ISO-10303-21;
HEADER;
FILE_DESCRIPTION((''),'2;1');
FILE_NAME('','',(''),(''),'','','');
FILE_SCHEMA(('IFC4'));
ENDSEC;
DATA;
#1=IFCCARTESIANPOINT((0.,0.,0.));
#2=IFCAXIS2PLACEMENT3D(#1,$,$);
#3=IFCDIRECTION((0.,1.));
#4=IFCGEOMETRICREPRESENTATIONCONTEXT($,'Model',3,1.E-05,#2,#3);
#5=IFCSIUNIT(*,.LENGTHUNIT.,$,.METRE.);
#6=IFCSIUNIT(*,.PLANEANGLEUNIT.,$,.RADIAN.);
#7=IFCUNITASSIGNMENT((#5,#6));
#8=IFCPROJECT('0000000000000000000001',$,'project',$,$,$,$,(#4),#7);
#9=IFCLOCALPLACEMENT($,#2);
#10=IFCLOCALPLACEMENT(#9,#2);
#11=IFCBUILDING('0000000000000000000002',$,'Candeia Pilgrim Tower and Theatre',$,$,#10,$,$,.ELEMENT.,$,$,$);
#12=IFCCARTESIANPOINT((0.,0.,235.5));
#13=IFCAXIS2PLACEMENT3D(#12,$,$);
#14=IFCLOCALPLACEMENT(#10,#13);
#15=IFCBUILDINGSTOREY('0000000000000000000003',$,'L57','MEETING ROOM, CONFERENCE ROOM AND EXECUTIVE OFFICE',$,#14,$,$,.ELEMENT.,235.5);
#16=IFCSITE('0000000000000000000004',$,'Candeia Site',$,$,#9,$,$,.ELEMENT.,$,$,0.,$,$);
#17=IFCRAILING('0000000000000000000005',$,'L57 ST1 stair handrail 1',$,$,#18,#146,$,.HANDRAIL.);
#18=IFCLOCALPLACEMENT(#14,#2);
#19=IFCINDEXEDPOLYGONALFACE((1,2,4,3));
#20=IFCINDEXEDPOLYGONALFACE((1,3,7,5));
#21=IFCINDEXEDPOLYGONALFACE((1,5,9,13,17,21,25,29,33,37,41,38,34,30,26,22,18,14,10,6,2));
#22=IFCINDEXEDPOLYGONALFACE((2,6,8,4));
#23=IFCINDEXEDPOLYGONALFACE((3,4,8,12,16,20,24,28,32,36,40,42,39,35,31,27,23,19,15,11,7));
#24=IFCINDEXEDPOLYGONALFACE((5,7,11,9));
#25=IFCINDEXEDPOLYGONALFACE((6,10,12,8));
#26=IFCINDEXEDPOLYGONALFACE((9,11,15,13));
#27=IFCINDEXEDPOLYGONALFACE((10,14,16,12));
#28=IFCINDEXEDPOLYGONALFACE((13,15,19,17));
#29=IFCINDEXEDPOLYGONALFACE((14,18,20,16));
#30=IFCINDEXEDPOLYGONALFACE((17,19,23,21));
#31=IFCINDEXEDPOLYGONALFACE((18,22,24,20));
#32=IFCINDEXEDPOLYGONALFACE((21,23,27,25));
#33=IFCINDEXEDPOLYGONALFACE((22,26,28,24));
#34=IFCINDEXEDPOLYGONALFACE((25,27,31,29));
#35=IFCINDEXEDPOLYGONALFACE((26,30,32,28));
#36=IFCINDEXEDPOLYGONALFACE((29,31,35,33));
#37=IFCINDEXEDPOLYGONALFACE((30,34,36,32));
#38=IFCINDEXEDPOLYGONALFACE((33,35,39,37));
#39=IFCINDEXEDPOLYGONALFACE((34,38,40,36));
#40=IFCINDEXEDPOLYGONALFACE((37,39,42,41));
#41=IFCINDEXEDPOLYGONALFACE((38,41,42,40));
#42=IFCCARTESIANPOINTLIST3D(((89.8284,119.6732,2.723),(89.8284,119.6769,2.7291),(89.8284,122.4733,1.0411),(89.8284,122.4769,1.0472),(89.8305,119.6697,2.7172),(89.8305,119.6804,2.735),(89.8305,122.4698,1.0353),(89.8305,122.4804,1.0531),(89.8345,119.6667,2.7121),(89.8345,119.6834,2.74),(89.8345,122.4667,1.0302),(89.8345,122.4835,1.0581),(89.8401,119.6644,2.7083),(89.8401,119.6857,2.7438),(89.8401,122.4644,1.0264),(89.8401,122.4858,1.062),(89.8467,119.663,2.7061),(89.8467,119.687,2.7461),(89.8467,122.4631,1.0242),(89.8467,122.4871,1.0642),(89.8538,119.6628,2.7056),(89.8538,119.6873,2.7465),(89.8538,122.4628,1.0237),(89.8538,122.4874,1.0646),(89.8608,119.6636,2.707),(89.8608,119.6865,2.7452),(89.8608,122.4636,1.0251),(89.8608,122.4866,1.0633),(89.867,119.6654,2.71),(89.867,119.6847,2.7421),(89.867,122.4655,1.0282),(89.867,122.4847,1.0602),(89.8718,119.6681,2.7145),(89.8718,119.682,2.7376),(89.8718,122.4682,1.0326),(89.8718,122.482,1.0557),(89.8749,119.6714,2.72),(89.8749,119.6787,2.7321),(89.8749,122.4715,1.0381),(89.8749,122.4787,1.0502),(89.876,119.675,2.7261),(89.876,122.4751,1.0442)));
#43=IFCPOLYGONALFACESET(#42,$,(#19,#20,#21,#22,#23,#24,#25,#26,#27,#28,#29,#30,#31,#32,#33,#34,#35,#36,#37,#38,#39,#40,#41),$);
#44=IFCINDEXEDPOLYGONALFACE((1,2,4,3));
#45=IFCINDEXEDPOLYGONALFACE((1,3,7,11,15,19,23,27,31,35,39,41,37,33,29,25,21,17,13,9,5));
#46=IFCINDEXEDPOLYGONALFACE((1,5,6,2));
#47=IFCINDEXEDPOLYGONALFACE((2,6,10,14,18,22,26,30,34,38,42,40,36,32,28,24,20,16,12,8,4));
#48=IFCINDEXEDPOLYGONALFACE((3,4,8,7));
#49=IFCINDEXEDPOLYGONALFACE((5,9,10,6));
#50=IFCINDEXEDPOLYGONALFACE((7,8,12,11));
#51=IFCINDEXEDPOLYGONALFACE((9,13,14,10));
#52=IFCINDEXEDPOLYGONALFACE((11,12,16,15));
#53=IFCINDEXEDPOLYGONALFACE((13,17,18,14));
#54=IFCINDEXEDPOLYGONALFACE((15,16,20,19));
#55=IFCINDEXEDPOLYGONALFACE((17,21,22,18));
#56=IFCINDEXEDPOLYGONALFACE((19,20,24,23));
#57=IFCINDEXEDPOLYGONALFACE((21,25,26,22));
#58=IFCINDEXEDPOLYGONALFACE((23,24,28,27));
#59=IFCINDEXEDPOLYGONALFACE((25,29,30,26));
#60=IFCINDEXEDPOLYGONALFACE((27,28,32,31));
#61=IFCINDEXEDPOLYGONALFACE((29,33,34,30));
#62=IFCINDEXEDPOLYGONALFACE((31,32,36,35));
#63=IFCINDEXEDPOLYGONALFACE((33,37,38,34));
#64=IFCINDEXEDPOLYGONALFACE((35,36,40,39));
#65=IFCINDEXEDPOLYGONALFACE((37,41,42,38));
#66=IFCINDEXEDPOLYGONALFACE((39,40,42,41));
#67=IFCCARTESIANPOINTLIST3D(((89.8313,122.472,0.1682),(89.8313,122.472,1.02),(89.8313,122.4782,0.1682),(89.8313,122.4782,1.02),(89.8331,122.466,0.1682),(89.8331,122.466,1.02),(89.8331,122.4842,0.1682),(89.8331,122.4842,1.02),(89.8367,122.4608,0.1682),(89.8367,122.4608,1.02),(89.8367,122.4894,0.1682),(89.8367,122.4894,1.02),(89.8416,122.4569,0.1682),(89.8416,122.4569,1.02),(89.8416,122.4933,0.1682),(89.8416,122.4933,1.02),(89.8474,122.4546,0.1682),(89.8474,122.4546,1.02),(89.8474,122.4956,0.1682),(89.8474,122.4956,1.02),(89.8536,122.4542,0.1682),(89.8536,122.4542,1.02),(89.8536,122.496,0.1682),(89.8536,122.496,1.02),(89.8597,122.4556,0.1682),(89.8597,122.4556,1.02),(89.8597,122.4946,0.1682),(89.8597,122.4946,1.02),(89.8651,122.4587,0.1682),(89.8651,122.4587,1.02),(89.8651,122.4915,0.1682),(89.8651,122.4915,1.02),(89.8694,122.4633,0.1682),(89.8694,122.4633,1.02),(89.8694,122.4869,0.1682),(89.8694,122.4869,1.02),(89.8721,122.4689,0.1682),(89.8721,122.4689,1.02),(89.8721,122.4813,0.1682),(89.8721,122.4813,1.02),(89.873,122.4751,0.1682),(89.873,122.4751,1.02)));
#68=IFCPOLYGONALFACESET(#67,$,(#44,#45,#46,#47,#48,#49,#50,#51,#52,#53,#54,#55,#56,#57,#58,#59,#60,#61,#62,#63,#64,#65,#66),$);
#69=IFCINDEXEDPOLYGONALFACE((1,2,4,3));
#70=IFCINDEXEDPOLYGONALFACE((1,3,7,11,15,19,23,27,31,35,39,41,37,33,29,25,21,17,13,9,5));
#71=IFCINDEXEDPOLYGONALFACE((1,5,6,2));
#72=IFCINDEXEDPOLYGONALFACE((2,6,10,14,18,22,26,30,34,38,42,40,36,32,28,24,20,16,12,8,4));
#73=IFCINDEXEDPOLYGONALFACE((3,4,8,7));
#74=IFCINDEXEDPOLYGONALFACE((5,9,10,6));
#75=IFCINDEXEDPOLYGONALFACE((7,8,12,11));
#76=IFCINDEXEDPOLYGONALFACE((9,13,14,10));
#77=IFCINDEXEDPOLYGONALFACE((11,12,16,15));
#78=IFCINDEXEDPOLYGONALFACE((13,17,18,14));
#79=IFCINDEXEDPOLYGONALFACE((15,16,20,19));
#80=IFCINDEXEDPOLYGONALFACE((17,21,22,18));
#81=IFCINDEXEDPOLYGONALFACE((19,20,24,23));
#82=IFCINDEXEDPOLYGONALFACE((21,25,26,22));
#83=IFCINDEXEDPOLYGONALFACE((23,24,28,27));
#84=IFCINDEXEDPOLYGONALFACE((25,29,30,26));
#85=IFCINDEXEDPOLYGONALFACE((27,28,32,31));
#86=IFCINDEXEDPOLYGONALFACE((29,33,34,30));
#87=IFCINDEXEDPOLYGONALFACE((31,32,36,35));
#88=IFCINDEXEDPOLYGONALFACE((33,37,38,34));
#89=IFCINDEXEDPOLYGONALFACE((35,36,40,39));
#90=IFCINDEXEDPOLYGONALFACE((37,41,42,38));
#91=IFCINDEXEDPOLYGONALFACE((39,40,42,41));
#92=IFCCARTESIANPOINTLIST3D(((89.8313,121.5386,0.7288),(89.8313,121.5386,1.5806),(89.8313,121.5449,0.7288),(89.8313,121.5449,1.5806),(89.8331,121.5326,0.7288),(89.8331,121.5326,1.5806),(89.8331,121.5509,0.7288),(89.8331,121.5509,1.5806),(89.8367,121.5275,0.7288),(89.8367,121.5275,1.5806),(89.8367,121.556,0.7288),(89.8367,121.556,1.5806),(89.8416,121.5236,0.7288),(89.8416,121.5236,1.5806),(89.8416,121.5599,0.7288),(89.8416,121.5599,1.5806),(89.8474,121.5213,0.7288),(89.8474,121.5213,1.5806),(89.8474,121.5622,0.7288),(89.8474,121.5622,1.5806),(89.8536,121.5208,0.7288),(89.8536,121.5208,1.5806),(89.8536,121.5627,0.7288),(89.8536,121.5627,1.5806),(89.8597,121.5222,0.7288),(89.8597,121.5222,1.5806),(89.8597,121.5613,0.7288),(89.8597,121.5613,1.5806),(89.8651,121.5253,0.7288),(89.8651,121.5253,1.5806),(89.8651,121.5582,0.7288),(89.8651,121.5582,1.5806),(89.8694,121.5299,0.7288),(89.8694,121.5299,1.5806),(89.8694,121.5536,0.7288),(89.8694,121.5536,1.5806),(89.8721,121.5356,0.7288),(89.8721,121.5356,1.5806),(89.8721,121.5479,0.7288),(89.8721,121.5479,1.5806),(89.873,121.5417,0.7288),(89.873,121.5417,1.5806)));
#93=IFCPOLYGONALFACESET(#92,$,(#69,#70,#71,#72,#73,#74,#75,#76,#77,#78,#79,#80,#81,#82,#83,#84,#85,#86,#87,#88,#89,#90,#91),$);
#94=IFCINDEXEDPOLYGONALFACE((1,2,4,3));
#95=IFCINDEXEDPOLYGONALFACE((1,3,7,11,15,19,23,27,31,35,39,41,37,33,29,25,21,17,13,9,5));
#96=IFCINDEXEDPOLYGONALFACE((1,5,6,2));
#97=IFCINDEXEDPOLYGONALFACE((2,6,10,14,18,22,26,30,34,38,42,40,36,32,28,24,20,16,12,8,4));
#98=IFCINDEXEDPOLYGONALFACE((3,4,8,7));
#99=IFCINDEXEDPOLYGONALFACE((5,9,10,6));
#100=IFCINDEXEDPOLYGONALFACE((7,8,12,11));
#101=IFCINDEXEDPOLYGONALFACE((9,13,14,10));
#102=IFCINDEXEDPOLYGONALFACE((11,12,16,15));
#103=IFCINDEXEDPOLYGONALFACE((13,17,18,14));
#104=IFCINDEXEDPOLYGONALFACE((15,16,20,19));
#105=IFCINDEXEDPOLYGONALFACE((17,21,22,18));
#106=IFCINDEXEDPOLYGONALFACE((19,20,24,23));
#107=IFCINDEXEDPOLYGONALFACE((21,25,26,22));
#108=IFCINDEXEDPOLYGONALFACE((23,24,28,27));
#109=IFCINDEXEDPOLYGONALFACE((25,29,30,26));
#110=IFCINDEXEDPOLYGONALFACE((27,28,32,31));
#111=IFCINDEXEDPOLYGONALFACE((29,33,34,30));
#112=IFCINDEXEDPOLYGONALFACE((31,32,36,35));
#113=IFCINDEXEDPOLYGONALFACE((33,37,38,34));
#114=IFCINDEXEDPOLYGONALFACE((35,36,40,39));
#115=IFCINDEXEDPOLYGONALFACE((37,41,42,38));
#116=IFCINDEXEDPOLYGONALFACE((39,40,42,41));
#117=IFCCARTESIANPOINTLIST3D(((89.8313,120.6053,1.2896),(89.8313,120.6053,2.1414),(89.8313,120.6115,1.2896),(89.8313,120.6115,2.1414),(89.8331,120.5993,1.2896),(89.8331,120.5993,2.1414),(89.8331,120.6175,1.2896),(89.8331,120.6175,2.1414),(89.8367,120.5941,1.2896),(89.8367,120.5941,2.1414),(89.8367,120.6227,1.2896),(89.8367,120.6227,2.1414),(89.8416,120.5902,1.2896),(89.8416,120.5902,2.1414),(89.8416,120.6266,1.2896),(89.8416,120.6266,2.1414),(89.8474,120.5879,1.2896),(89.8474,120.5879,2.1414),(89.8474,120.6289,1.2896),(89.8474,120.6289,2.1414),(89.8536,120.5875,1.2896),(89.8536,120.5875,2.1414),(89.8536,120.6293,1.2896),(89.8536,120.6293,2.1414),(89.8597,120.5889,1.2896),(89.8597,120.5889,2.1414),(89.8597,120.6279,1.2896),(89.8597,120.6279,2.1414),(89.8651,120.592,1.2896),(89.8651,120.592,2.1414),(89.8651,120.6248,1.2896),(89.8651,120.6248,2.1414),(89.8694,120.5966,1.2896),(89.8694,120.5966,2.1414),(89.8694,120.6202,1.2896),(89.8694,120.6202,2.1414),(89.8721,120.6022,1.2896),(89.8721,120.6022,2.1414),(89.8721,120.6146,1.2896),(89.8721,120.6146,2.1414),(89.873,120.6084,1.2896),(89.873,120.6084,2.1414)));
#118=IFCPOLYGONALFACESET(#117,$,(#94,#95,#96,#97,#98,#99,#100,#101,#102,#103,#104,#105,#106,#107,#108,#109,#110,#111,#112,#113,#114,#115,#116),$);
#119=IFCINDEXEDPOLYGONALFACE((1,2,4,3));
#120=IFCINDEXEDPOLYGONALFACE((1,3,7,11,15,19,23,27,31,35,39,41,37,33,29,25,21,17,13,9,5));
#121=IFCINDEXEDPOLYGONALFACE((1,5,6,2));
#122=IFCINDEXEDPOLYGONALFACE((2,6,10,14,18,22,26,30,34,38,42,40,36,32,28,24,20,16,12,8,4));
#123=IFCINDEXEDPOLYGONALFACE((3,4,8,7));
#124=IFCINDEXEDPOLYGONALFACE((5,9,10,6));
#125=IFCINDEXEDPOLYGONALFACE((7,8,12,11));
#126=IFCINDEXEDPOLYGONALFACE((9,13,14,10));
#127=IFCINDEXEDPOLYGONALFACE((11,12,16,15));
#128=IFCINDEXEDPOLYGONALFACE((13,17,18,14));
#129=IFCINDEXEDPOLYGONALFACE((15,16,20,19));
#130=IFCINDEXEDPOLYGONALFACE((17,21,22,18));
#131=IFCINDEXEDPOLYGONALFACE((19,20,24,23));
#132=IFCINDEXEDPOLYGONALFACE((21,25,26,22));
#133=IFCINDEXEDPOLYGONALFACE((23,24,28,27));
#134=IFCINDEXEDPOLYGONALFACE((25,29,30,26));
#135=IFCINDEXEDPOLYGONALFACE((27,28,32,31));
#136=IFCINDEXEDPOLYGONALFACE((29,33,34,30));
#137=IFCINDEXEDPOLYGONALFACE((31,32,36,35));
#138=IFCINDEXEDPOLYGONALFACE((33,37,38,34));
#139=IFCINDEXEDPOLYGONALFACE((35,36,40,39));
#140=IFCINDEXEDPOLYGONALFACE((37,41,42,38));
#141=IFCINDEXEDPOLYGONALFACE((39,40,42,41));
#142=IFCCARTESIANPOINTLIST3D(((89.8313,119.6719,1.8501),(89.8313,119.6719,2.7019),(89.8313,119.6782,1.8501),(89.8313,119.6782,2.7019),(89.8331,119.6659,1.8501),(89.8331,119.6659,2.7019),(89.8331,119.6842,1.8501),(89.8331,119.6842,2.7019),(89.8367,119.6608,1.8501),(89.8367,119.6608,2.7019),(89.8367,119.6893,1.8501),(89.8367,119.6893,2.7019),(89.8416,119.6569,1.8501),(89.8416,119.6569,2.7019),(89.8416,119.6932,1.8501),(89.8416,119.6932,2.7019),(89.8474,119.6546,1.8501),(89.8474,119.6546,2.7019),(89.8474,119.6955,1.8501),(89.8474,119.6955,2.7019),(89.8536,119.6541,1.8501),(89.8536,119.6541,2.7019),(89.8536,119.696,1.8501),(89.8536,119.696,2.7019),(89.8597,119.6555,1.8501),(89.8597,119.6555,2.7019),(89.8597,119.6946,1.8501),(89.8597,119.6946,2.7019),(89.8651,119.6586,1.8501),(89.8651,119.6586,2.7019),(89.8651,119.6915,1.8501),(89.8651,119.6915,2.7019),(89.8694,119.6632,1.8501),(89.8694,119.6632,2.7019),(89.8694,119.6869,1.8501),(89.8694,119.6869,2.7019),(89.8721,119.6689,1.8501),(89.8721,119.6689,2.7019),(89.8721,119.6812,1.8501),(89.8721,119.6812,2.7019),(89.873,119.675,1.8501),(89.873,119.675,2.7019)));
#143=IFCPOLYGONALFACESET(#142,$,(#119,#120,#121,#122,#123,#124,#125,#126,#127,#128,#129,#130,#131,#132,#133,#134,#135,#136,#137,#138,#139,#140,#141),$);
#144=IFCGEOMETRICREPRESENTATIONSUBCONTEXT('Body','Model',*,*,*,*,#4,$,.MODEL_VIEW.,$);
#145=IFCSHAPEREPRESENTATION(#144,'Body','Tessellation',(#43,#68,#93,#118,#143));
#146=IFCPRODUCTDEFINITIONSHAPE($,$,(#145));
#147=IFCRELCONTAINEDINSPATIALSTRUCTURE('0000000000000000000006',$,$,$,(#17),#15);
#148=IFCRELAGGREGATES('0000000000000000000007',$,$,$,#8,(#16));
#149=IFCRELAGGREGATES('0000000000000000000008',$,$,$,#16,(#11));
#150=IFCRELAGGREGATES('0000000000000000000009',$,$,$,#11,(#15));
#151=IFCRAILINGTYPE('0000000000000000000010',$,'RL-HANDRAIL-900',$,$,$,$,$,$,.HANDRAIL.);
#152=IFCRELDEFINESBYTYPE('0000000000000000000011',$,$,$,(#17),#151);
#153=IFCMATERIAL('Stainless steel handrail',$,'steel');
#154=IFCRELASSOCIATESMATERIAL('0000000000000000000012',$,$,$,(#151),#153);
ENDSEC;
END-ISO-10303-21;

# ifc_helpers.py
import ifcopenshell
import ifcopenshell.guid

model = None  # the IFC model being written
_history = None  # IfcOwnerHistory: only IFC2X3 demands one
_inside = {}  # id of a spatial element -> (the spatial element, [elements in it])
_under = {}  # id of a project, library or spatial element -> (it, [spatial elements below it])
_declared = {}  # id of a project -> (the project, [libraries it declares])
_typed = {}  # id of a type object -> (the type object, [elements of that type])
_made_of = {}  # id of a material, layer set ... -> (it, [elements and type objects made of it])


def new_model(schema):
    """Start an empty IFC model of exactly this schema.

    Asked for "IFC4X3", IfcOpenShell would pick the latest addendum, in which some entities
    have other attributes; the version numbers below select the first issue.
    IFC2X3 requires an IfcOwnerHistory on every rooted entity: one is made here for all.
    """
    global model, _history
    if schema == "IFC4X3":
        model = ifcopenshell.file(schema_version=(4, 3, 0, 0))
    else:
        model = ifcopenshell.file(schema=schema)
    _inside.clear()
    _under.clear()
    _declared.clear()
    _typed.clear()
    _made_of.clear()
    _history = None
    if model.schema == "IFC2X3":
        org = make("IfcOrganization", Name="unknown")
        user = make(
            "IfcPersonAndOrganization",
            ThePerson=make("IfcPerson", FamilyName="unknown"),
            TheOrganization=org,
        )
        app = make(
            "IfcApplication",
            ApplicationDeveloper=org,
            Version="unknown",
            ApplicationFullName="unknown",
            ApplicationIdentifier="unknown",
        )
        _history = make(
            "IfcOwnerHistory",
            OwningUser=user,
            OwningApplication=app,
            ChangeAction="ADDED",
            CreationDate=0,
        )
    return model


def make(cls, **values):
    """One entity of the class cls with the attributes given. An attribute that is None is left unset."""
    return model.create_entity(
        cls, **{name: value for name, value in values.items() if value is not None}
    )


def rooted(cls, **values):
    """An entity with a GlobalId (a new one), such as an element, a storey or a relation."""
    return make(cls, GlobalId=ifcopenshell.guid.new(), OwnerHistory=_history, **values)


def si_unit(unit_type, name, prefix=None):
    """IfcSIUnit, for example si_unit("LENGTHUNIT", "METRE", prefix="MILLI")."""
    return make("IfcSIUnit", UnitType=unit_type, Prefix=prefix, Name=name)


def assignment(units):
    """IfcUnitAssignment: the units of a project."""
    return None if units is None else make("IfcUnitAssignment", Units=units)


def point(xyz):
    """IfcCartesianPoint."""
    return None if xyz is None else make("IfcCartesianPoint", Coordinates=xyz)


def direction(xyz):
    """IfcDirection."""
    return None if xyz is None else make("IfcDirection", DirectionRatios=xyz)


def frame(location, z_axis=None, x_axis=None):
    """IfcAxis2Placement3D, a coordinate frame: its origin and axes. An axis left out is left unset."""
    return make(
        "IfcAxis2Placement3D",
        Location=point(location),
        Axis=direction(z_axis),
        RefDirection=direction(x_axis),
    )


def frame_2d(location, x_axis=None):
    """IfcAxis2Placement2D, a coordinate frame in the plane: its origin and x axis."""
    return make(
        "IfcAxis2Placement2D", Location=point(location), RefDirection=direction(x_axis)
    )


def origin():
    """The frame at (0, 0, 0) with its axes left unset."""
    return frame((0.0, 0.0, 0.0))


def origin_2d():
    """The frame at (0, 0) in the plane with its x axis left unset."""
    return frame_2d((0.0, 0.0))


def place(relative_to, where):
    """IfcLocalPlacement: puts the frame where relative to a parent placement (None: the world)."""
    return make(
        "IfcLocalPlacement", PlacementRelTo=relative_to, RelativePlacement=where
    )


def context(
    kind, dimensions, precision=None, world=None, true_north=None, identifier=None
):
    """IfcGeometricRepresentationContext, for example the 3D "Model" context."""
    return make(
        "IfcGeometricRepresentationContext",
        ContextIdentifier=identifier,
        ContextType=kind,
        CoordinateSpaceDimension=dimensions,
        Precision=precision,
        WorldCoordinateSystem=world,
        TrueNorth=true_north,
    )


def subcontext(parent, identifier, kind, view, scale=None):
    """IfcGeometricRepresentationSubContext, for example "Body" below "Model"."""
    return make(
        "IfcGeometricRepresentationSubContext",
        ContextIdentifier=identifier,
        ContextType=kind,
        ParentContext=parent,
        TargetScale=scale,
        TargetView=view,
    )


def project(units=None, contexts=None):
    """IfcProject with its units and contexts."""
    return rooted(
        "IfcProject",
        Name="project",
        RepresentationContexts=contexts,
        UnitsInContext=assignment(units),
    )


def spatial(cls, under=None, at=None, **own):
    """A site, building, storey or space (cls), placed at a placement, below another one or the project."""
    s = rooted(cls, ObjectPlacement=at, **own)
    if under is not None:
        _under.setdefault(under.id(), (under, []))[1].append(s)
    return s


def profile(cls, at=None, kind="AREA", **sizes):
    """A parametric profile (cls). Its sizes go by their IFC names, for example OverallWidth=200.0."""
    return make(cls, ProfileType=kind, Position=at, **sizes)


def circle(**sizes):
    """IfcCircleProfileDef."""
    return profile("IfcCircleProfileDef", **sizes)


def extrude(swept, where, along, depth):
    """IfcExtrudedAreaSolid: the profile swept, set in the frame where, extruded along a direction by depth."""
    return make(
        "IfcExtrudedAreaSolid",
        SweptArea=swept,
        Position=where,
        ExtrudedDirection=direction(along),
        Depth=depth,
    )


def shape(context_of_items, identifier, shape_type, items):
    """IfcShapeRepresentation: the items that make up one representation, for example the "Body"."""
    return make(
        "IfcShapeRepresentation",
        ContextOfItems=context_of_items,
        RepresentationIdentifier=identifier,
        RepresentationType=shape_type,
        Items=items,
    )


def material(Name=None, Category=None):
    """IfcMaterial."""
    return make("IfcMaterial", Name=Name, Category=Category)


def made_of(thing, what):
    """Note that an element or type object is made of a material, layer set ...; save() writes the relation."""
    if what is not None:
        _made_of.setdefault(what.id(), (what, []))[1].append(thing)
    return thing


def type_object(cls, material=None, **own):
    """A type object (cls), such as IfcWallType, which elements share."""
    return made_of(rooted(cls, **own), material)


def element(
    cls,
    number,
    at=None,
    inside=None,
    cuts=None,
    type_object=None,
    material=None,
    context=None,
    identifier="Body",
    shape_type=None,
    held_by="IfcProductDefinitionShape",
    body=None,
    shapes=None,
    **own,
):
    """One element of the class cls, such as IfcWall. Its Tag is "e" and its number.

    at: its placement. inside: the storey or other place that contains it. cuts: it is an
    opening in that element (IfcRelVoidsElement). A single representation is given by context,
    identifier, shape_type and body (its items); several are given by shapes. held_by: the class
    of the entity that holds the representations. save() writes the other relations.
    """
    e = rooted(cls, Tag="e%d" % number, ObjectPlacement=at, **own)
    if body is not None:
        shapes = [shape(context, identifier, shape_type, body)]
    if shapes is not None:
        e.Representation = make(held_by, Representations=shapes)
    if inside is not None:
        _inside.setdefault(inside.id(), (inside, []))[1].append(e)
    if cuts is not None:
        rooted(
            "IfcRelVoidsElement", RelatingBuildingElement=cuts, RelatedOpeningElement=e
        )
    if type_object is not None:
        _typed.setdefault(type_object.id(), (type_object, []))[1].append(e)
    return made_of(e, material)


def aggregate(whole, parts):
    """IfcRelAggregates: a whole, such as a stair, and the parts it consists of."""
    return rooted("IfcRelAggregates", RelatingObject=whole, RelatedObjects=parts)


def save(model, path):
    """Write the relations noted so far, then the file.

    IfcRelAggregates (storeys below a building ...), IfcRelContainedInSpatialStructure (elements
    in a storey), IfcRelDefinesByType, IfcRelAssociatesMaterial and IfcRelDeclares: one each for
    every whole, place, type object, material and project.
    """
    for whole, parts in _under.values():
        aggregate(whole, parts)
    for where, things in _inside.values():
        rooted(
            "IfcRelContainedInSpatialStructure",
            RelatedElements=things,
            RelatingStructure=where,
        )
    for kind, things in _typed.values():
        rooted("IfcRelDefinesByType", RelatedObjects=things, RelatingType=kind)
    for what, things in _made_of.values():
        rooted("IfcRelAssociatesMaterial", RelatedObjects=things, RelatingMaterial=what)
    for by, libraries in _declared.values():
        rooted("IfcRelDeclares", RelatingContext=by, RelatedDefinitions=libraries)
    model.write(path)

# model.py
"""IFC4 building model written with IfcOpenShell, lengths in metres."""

from ifc_helpers import new_model, si_unit, direction, frame, origin, origin_2d, place, context, subcontext, project, spatial, circle, extrude, material, type_object, element, save


model = new_model("IFC4")

# Units and contexts
model_context = context("Model", 3, precision=1e-05, world=origin(), true_north=direction((0.0, 1.0)))
body_context = subcontext(model_context, "Body", "Model", "MODEL_VIEW")
ifc_project = project(units=[si_unit("LENGTHUNIT", "METRE"), si_unit("PLANEANGLEUNIT", "RADIAN")], contexts=[model_context])

# Site, building, storey
site_placement = place(None, origin())
site = spatial("IfcSite", under=ifc_project, at=site_placement, Name="Candeia Site", CompositionType="ELEMENT", RefElevation=0.0)
building_placement = place(site_placement, origin())
building = spatial("IfcBuilding", under=site, at=building_placement, Name="Candeia Pilgrim Tower and Theatre", CompositionType="ELEMENT")
storey_placement = place(building_placement, frame((0.0, 0.0, 235.5)))
storey = spatial("IfcBuildingStorey", under=building, at=storey_placement, Name="L57", Description="MEETING ROOM, CONFERENCE ROOM AND EXECUTIVE OFFICE", CompositionType="ELEMENT", Elevation=235.5)

# Railing
ifc_material_1 = material(Name="Stainless steel handrail", Category="steel")
railing_type_1 = type_object("IfcRailingType", Name="RL-HANDRAIL-900", PredefinedType="HANDRAIL", material=ifc_material_1)
for number, where, name in (
    (1, (89.8521, 122.4751, 0.1682), "L57 ST1 stair handrail 1"),
):
    element("IfcRailing", number, at=place(storey_placement, frame(where)), inside=storey, type_object=railing_type_1, Name=name, PredefinedType="HANDRAIL", context=body_context, shape_type="SweptSolid", body=[
        extrude(circle(Radius=0.0239, at=origin_2d()), frame((0.0, 0.0, 0.876), z_axis=(0.0, -0.857242, 0.514913), x_axis=(1.0, 0.0, 0.0)), (0.0, 0.0, 1.0), 3.2664),
        extrude(circle(Radius=0.021, at=origin_2d()), origin(), (0.0, 0.0, 1.0), 0.8518),
        extrude(circle(Radius=0.021, at=origin_2d()), frame((0.0, -0.9333, 0.5605)), (0.0, 0.0, 1.0), 0.8518),
        extrude(circle(Radius=0.021, at=origin_2d()), frame((0.0, -1.8667, 1.1213)), (0.0, 0.0, 1.0), 0.8518),
        extrude(circle(Radius=0.021, at=origin_2d()), frame((0.0, -2.8, 1.6819)), (0.0, 0.0, 1.0), 0.8518),
    ])

save(model, "model.ifc")
